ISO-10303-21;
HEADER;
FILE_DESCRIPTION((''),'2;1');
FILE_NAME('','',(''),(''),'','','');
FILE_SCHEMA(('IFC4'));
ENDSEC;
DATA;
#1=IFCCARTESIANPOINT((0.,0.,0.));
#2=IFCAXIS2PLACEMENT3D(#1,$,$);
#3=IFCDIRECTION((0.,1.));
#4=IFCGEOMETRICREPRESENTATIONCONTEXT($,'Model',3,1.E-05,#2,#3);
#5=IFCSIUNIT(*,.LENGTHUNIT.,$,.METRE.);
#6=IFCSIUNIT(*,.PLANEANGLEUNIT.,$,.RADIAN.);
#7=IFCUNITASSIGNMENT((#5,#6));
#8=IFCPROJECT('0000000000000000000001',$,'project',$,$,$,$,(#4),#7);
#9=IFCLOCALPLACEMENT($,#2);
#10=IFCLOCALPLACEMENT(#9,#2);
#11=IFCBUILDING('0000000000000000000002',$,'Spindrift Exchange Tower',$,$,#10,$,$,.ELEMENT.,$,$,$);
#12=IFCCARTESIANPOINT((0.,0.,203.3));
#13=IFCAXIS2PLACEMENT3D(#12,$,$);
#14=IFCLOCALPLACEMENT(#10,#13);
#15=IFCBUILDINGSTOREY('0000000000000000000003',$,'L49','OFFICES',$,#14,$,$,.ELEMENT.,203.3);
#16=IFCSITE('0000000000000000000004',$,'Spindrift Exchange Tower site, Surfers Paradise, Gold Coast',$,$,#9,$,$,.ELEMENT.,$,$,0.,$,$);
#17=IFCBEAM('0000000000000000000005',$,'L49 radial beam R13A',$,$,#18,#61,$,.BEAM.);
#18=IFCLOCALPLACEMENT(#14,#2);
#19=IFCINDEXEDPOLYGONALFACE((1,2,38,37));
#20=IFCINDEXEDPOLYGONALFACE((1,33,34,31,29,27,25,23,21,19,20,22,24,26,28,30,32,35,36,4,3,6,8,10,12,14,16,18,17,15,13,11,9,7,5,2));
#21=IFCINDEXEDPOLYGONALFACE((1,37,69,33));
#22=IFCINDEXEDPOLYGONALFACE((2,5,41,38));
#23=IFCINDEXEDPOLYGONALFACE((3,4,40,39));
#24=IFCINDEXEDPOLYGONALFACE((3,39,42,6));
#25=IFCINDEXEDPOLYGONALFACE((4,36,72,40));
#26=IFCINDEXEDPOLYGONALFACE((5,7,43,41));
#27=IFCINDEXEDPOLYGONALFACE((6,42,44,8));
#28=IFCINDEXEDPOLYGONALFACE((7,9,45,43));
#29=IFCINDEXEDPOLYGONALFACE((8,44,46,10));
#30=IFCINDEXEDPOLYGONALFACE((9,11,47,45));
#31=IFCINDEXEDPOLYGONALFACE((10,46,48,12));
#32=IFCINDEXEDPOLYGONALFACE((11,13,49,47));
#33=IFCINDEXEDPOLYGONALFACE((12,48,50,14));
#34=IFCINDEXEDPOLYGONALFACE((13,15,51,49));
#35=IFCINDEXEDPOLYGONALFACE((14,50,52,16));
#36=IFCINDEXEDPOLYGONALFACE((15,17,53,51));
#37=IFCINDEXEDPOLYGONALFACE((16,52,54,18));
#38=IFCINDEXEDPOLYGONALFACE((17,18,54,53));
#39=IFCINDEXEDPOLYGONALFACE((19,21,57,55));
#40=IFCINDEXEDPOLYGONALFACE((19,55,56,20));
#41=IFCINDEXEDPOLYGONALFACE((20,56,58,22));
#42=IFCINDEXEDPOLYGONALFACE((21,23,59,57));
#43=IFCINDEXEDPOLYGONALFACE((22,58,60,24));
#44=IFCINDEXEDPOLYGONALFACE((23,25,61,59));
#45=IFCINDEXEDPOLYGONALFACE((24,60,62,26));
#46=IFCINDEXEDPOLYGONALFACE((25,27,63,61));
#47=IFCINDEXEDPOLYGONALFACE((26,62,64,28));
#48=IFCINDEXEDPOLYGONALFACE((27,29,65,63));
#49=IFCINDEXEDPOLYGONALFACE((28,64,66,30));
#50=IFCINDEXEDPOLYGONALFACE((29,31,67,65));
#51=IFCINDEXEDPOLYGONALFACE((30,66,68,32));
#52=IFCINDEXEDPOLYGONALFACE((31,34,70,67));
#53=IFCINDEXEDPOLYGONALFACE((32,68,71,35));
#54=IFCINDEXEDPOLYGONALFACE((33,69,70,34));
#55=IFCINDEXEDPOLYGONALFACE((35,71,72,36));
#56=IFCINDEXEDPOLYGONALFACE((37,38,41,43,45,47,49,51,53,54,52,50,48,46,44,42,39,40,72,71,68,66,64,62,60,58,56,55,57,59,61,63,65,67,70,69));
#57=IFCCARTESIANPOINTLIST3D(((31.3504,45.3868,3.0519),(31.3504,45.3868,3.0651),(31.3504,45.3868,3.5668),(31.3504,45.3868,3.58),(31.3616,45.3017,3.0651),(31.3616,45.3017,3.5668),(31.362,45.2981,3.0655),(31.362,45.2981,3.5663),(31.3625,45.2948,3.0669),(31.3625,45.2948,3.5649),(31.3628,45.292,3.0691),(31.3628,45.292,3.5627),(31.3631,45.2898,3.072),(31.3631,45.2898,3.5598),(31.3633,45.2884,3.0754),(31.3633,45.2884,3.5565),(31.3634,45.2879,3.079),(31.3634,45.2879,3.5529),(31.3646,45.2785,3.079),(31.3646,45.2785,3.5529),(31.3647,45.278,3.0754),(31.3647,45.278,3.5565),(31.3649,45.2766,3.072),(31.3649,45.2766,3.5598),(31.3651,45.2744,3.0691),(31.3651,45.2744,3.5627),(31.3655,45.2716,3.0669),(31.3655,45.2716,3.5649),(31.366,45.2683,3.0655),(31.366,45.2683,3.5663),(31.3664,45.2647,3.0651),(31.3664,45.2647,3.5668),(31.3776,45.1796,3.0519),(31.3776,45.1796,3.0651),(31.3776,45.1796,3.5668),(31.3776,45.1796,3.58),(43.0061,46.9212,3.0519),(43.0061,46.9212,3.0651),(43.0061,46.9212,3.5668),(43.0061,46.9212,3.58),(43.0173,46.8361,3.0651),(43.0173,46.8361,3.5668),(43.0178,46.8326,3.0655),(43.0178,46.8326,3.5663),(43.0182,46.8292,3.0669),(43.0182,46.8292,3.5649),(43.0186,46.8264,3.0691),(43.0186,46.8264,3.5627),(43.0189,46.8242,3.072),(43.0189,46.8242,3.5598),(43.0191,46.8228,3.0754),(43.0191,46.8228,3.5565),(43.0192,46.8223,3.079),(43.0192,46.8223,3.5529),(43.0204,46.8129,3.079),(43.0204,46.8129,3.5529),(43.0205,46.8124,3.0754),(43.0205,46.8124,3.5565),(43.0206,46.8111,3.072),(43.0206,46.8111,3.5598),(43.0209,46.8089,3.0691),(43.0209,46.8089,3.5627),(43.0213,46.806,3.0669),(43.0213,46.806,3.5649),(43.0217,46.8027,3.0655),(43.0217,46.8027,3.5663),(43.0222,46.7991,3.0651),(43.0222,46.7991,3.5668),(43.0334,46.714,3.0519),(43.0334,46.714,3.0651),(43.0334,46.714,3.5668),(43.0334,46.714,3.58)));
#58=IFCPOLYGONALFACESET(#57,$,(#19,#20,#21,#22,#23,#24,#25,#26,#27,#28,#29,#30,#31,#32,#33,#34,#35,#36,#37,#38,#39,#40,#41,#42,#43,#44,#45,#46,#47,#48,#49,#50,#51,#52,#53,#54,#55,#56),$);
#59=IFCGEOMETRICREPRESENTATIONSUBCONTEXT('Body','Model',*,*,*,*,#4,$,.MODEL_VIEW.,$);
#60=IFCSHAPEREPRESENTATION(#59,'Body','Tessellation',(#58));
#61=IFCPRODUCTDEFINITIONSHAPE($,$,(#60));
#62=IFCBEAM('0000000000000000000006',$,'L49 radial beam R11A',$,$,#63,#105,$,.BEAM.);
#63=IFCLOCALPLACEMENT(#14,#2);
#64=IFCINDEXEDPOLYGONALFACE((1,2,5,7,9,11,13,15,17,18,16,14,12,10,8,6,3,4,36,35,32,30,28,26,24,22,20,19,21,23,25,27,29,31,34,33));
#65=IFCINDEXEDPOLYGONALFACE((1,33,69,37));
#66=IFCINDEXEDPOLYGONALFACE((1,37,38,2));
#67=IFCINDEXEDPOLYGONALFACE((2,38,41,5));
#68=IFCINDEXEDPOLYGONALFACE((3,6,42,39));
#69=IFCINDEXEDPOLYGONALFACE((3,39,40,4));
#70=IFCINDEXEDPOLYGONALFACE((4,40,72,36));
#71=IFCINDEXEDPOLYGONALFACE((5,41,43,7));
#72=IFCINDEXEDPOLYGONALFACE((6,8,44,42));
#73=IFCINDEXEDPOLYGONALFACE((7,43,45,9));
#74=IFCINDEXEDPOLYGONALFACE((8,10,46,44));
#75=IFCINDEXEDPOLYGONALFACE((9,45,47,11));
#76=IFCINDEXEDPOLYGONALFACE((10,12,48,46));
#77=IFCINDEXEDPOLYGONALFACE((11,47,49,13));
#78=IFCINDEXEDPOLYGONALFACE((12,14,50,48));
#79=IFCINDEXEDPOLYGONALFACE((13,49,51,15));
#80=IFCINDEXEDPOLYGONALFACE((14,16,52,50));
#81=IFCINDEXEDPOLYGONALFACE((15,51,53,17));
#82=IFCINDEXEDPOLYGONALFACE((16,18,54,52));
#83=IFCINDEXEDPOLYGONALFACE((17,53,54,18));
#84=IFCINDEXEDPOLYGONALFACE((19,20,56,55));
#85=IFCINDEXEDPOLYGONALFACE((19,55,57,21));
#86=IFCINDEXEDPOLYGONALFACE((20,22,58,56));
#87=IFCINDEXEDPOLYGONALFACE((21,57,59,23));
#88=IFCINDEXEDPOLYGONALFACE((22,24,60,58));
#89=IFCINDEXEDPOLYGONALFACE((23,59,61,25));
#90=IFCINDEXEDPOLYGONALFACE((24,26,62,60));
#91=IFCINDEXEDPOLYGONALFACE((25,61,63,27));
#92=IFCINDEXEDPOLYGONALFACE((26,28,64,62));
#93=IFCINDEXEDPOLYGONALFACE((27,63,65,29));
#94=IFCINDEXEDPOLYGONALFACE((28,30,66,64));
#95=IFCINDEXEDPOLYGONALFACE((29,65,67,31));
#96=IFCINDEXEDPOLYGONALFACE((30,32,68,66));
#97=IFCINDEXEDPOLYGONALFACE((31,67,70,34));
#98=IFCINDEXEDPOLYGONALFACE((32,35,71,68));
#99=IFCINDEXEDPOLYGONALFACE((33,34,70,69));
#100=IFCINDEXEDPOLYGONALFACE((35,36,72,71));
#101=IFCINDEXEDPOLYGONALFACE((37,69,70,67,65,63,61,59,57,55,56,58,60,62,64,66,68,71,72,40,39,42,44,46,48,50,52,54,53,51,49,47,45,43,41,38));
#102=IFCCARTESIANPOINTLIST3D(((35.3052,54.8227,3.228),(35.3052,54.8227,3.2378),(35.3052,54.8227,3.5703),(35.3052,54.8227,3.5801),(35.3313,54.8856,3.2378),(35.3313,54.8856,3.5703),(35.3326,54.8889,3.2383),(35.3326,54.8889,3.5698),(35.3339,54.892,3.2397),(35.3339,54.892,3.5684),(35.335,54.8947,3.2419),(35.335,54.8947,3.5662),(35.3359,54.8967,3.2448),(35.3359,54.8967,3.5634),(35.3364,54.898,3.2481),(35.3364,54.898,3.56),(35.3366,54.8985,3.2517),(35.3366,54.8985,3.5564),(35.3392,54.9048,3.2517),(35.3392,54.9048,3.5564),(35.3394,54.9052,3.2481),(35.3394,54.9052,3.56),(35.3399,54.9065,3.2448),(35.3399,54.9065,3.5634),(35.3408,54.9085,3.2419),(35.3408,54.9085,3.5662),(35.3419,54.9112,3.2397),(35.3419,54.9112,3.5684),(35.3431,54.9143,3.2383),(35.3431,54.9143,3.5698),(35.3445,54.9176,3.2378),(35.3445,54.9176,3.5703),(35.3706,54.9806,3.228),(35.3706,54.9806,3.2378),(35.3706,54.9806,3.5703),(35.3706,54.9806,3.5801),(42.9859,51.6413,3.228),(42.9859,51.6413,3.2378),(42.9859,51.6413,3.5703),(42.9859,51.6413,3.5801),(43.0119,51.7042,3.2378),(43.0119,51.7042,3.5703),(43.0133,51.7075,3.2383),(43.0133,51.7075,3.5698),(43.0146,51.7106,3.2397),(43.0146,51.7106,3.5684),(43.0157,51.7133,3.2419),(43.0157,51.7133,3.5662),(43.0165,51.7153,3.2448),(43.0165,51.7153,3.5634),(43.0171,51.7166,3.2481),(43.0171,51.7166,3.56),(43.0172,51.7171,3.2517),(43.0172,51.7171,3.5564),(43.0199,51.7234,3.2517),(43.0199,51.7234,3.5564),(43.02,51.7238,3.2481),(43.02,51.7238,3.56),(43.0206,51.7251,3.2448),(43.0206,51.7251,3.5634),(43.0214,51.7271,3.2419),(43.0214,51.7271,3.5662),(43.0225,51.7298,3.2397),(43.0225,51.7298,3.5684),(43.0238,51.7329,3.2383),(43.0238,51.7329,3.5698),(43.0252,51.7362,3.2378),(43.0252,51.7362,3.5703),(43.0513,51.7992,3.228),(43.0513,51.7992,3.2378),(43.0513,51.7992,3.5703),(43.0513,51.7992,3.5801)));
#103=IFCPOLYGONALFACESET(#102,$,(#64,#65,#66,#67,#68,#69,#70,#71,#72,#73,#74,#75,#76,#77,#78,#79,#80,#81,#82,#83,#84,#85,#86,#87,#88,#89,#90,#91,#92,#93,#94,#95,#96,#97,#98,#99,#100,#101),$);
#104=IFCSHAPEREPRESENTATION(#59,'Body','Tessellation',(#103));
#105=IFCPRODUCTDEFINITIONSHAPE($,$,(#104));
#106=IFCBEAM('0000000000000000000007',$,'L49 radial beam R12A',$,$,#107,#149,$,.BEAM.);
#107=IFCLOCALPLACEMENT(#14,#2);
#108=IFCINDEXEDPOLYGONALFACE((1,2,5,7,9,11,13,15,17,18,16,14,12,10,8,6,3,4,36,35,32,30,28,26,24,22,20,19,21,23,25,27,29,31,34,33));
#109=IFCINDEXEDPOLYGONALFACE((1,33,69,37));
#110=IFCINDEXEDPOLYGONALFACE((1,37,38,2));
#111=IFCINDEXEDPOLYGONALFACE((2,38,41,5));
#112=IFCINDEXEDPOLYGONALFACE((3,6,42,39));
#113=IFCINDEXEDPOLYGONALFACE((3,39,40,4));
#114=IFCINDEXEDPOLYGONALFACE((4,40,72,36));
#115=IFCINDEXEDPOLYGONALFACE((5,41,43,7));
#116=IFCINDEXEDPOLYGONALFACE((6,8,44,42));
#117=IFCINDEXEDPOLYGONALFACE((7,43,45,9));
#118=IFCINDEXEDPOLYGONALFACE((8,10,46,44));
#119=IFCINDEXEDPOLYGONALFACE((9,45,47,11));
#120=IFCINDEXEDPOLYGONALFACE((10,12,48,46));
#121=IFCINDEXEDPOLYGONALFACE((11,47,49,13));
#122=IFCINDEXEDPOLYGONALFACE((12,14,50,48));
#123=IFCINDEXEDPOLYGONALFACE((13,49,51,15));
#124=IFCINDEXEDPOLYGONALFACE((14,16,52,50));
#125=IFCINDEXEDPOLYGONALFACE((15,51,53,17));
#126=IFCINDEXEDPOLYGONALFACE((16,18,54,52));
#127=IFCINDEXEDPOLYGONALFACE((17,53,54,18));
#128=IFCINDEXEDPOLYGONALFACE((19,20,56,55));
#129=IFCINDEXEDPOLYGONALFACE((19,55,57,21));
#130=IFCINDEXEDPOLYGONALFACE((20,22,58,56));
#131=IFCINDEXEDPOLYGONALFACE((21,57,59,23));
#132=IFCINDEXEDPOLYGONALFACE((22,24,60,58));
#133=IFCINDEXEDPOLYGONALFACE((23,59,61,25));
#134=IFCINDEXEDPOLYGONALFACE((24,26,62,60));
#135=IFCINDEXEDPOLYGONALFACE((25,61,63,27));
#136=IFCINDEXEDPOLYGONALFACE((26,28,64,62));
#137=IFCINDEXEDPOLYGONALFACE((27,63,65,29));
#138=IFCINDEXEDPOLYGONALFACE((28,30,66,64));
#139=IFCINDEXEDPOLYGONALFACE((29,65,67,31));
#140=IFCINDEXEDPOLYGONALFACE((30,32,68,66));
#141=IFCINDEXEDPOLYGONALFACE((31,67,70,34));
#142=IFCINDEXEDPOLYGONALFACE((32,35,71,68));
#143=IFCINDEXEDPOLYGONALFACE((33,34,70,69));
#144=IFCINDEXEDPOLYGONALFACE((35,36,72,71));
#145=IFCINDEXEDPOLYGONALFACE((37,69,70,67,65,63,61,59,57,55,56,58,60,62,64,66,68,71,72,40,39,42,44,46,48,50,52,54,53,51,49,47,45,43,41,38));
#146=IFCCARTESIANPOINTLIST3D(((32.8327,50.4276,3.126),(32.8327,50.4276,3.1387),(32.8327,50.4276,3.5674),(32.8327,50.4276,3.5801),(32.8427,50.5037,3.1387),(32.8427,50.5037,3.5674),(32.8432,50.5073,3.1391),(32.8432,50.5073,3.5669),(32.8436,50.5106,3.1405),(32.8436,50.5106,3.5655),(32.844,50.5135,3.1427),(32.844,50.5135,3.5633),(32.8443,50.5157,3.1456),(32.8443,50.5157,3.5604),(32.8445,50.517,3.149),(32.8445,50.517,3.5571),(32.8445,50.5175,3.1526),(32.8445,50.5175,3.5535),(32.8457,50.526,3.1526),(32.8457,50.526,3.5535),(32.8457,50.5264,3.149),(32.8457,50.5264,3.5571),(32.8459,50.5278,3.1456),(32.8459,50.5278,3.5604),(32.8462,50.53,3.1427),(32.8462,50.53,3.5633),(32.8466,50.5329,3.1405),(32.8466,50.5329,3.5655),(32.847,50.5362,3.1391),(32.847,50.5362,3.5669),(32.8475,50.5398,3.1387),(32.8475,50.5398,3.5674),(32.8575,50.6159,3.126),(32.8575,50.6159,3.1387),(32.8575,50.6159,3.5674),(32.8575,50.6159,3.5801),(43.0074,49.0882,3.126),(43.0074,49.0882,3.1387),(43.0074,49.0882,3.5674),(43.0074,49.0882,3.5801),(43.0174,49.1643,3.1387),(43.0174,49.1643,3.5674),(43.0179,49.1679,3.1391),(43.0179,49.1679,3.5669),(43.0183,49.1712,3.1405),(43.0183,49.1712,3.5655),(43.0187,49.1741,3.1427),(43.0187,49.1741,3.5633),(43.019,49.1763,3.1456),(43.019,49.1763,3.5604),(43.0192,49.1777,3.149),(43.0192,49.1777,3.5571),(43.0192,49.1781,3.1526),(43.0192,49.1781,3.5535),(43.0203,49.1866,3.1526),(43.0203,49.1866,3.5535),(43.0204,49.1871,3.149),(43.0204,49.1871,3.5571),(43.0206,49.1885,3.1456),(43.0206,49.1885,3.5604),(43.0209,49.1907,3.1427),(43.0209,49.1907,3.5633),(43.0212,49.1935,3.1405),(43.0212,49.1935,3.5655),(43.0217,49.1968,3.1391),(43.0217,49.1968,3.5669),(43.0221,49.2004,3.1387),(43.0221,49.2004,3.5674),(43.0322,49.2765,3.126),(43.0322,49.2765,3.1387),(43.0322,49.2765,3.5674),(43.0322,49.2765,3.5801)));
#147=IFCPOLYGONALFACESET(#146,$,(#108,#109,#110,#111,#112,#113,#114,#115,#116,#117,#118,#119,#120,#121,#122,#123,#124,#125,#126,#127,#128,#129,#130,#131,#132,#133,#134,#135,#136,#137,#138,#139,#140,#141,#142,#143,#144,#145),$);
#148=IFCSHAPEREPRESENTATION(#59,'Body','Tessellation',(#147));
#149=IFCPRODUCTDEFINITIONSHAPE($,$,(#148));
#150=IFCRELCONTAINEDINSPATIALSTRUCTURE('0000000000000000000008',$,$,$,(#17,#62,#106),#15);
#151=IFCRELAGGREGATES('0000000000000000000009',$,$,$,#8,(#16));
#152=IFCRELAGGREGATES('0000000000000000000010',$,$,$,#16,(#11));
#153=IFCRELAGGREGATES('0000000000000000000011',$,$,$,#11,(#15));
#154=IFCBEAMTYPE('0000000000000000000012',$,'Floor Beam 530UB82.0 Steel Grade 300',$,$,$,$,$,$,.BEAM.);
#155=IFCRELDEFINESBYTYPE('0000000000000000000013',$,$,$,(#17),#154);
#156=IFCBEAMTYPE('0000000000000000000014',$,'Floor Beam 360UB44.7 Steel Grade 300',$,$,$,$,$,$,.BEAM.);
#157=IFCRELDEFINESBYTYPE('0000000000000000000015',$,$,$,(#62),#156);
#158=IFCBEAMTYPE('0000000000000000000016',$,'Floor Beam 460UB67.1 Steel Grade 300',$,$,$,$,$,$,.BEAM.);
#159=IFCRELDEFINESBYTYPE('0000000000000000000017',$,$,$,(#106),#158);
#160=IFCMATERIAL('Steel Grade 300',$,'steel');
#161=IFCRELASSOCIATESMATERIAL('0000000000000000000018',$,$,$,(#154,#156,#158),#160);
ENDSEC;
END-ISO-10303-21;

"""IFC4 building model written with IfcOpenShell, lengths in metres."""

from ifc_helpers import new_model, si_unit, direction, frame, origin, origin_2d, place, context, subcontext, project, spatial, i_section, extrude, source, transform, mapped, material, material_profile, profile_set, type_object, element, save


model = new_model("IFC4")

# Units and contexts
model_context = context("Model", 3, precision=1e-05, world=origin(), true_north=direction((0.0, 1.0)))
body_context = subcontext(model_context, "Body", "Model", "MODEL_VIEW")
ifc_project = project(units=[si_unit("LENGTHUNIT", "METRE"), si_unit("PLANEANGLEUNIT", "RADIAN")], contexts=[model_context])

# Site, building, storey
site_placement = place(None, origin())
site = spatial("IfcSite", under=ifc_project, at=site_placement, Name="Spindrift Exchange Tower site, Surfers Paradise, Gold Coast", CompositionType="ELEMENT", RefElevation=0.0)
building_placement = place(site_placement, origin())
building = spatial("IfcBuilding", under=site, at=building_placement, Name="Spindrift Exchange Tower", CompositionType="ELEMENT")
storey_placement = place(building_placement, frame((0.0, 0.0, 203.3)))
storey = spatial("IfcBuildingStorey", under=building, at=storey_placement, Name="L49", Description="OFFICES", CompositionType="ELEMENT", Elevation=203.3)

# Beams
ifc_material_1 = material(Name="Steel Grade 300", Category="steel")
ifc_material_profile_1 = material_profile(ifc_material_1, i_section(OverallWidth=0.209, OverallDepth=0.5281, WebThickness=0.0095, FlangeThickness=0.0132, FilletRadius=0.0139, at=origin_2d()), Name="530UB82.0")
ifc_profile_set_1 = profile_set([ifc_material_profile_1], Name="Steel Grade 300")
beam_type_1 = type_object("IfcBeamType", Name="Floor Beam 530UB82.0 Steel Grade 300", PredefinedType="BEAM", material=ifc_profile_set_1)
shared_shape_1 = source(origin(), body_context, "Body", "SweptSolid", [
    extrude(i_section(OverallWidth=0.209, OverallDepth=0.5281, WebThickness=0.0095, FlangeThickness=0.0132, FilletRadius=0.0139, at=origin_2d()), origin(), (0.0, 0.0, 1.0), 11.7563),
])
beam_1_placement = place(storey_placement, frame((43.0198, 46.8176, 3.3159), z_axis=(-0.991446, -0.130519, 0.0), x_axis=(0.130519, -0.991446, 0.0)))
element("IfcBeam", 1, at=beam_1_placement, inside=storey, type_object=beam_type_1, Name="L49 radial beam R13A", PredefinedType="BEAM", context=body_context, shape_type="MappedRepresentation", body=[
    mapped(shared_shape_1, transform((0.0, 0.0, 0.0), scale=1.0)),
])
ifc_material_profile_2 = material_profile(ifc_material_1, i_section(OverallWidth=0.1709, OverallDepth=0.3521, WebThickness=0.0068, FlangeThickness=0.0098, FilletRadius=0.0139, at=origin_2d()), Name="360UB44.7")
ifc_profile_set_2 = profile_set([ifc_material_profile_2], Name="Steel Grade 300")
beam_type_2 = type_object("IfcBeamType", Name="Floor Beam 360UB44.7 Steel Grade 300", PredefinedType="BEAM", material=ifc_profile_set_2)
shared_shape_2 = source(origin(), body_context, "Body", "SweptSolid", [
    extrude(i_section(OverallWidth=0.1709, OverallDepth=0.3521, WebThickness=0.0068, FlangeThickness=0.0098, FilletRadius=0.0139, at=origin_2d()), origin(), (0.0, 0.0, 1.0), 8.3135),
])
beam_2_placement = place(storey_placement, frame((43.0186, 51.7202, 3.4041), z_axis=(-0.923881, 0.382679, 0.0), x_axis=(-0.382679, -0.923881, 0.0)))
element("IfcBeam", 2, at=beam_2_placement, inside=storey, type_object=beam_type_2, Name="L49 radial beam R11A", PredefinedType="BEAM", context=body_context, shape_type="MappedRepresentation", body=[
    mapped(shared_shape_2, transform((0.0, 0.0, 0.0), scale=1.0)),
])
ifc_material_profile_3 = material_profile(ifc_material_1, i_section(OverallWidth=0.1899, OverallDepth=0.4541, WebThickness=0.0085, FlangeThickness=0.0127, FilletRadius=0.0139, at=origin_2d()), Name="460UB67.1")
ifc_profile_set_3 = profile_set([ifc_material_profile_3], Name="Steel Grade 300")
beam_type_3 = type_object("IfcBeamType", Name="Floor Beam 460UB67.1 Steel Grade 300", PredefinedType="BEAM", material=ifc_profile_set_3)
shared_shape_3 = source(origin(), body_context, "Body", "SweptSolid", [
    extrude(i_section(OverallWidth=0.1899, OverallDepth=0.4541, WebThickness=0.0085, FlangeThickness=0.0127, FilletRadius=0.0139, at=origin_2d()), origin(), (0.0, 0.0, 1.0), 10.2625),
])
beam_3_placement = place(storey_placement, frame((43.0198, 49.1824, 3.353), z_axis=(-0.991447, 0.130512, 0.0), x_axis=(-0.130512, -0.991447, 0.0)))
element("IfcBeam", 3, at=beam_3_placement, inside=storey, type_object=beam_type_3, Name="L49 radial beam R12A", PredefinedType="BEAM", context=body_context, shape_type="MappedRepresentation", body=[
    mapped(shared_shape_3, transform((0.0, 0.0, 0.0), scale=1.0)),
])

save(model, "model.ifc")
